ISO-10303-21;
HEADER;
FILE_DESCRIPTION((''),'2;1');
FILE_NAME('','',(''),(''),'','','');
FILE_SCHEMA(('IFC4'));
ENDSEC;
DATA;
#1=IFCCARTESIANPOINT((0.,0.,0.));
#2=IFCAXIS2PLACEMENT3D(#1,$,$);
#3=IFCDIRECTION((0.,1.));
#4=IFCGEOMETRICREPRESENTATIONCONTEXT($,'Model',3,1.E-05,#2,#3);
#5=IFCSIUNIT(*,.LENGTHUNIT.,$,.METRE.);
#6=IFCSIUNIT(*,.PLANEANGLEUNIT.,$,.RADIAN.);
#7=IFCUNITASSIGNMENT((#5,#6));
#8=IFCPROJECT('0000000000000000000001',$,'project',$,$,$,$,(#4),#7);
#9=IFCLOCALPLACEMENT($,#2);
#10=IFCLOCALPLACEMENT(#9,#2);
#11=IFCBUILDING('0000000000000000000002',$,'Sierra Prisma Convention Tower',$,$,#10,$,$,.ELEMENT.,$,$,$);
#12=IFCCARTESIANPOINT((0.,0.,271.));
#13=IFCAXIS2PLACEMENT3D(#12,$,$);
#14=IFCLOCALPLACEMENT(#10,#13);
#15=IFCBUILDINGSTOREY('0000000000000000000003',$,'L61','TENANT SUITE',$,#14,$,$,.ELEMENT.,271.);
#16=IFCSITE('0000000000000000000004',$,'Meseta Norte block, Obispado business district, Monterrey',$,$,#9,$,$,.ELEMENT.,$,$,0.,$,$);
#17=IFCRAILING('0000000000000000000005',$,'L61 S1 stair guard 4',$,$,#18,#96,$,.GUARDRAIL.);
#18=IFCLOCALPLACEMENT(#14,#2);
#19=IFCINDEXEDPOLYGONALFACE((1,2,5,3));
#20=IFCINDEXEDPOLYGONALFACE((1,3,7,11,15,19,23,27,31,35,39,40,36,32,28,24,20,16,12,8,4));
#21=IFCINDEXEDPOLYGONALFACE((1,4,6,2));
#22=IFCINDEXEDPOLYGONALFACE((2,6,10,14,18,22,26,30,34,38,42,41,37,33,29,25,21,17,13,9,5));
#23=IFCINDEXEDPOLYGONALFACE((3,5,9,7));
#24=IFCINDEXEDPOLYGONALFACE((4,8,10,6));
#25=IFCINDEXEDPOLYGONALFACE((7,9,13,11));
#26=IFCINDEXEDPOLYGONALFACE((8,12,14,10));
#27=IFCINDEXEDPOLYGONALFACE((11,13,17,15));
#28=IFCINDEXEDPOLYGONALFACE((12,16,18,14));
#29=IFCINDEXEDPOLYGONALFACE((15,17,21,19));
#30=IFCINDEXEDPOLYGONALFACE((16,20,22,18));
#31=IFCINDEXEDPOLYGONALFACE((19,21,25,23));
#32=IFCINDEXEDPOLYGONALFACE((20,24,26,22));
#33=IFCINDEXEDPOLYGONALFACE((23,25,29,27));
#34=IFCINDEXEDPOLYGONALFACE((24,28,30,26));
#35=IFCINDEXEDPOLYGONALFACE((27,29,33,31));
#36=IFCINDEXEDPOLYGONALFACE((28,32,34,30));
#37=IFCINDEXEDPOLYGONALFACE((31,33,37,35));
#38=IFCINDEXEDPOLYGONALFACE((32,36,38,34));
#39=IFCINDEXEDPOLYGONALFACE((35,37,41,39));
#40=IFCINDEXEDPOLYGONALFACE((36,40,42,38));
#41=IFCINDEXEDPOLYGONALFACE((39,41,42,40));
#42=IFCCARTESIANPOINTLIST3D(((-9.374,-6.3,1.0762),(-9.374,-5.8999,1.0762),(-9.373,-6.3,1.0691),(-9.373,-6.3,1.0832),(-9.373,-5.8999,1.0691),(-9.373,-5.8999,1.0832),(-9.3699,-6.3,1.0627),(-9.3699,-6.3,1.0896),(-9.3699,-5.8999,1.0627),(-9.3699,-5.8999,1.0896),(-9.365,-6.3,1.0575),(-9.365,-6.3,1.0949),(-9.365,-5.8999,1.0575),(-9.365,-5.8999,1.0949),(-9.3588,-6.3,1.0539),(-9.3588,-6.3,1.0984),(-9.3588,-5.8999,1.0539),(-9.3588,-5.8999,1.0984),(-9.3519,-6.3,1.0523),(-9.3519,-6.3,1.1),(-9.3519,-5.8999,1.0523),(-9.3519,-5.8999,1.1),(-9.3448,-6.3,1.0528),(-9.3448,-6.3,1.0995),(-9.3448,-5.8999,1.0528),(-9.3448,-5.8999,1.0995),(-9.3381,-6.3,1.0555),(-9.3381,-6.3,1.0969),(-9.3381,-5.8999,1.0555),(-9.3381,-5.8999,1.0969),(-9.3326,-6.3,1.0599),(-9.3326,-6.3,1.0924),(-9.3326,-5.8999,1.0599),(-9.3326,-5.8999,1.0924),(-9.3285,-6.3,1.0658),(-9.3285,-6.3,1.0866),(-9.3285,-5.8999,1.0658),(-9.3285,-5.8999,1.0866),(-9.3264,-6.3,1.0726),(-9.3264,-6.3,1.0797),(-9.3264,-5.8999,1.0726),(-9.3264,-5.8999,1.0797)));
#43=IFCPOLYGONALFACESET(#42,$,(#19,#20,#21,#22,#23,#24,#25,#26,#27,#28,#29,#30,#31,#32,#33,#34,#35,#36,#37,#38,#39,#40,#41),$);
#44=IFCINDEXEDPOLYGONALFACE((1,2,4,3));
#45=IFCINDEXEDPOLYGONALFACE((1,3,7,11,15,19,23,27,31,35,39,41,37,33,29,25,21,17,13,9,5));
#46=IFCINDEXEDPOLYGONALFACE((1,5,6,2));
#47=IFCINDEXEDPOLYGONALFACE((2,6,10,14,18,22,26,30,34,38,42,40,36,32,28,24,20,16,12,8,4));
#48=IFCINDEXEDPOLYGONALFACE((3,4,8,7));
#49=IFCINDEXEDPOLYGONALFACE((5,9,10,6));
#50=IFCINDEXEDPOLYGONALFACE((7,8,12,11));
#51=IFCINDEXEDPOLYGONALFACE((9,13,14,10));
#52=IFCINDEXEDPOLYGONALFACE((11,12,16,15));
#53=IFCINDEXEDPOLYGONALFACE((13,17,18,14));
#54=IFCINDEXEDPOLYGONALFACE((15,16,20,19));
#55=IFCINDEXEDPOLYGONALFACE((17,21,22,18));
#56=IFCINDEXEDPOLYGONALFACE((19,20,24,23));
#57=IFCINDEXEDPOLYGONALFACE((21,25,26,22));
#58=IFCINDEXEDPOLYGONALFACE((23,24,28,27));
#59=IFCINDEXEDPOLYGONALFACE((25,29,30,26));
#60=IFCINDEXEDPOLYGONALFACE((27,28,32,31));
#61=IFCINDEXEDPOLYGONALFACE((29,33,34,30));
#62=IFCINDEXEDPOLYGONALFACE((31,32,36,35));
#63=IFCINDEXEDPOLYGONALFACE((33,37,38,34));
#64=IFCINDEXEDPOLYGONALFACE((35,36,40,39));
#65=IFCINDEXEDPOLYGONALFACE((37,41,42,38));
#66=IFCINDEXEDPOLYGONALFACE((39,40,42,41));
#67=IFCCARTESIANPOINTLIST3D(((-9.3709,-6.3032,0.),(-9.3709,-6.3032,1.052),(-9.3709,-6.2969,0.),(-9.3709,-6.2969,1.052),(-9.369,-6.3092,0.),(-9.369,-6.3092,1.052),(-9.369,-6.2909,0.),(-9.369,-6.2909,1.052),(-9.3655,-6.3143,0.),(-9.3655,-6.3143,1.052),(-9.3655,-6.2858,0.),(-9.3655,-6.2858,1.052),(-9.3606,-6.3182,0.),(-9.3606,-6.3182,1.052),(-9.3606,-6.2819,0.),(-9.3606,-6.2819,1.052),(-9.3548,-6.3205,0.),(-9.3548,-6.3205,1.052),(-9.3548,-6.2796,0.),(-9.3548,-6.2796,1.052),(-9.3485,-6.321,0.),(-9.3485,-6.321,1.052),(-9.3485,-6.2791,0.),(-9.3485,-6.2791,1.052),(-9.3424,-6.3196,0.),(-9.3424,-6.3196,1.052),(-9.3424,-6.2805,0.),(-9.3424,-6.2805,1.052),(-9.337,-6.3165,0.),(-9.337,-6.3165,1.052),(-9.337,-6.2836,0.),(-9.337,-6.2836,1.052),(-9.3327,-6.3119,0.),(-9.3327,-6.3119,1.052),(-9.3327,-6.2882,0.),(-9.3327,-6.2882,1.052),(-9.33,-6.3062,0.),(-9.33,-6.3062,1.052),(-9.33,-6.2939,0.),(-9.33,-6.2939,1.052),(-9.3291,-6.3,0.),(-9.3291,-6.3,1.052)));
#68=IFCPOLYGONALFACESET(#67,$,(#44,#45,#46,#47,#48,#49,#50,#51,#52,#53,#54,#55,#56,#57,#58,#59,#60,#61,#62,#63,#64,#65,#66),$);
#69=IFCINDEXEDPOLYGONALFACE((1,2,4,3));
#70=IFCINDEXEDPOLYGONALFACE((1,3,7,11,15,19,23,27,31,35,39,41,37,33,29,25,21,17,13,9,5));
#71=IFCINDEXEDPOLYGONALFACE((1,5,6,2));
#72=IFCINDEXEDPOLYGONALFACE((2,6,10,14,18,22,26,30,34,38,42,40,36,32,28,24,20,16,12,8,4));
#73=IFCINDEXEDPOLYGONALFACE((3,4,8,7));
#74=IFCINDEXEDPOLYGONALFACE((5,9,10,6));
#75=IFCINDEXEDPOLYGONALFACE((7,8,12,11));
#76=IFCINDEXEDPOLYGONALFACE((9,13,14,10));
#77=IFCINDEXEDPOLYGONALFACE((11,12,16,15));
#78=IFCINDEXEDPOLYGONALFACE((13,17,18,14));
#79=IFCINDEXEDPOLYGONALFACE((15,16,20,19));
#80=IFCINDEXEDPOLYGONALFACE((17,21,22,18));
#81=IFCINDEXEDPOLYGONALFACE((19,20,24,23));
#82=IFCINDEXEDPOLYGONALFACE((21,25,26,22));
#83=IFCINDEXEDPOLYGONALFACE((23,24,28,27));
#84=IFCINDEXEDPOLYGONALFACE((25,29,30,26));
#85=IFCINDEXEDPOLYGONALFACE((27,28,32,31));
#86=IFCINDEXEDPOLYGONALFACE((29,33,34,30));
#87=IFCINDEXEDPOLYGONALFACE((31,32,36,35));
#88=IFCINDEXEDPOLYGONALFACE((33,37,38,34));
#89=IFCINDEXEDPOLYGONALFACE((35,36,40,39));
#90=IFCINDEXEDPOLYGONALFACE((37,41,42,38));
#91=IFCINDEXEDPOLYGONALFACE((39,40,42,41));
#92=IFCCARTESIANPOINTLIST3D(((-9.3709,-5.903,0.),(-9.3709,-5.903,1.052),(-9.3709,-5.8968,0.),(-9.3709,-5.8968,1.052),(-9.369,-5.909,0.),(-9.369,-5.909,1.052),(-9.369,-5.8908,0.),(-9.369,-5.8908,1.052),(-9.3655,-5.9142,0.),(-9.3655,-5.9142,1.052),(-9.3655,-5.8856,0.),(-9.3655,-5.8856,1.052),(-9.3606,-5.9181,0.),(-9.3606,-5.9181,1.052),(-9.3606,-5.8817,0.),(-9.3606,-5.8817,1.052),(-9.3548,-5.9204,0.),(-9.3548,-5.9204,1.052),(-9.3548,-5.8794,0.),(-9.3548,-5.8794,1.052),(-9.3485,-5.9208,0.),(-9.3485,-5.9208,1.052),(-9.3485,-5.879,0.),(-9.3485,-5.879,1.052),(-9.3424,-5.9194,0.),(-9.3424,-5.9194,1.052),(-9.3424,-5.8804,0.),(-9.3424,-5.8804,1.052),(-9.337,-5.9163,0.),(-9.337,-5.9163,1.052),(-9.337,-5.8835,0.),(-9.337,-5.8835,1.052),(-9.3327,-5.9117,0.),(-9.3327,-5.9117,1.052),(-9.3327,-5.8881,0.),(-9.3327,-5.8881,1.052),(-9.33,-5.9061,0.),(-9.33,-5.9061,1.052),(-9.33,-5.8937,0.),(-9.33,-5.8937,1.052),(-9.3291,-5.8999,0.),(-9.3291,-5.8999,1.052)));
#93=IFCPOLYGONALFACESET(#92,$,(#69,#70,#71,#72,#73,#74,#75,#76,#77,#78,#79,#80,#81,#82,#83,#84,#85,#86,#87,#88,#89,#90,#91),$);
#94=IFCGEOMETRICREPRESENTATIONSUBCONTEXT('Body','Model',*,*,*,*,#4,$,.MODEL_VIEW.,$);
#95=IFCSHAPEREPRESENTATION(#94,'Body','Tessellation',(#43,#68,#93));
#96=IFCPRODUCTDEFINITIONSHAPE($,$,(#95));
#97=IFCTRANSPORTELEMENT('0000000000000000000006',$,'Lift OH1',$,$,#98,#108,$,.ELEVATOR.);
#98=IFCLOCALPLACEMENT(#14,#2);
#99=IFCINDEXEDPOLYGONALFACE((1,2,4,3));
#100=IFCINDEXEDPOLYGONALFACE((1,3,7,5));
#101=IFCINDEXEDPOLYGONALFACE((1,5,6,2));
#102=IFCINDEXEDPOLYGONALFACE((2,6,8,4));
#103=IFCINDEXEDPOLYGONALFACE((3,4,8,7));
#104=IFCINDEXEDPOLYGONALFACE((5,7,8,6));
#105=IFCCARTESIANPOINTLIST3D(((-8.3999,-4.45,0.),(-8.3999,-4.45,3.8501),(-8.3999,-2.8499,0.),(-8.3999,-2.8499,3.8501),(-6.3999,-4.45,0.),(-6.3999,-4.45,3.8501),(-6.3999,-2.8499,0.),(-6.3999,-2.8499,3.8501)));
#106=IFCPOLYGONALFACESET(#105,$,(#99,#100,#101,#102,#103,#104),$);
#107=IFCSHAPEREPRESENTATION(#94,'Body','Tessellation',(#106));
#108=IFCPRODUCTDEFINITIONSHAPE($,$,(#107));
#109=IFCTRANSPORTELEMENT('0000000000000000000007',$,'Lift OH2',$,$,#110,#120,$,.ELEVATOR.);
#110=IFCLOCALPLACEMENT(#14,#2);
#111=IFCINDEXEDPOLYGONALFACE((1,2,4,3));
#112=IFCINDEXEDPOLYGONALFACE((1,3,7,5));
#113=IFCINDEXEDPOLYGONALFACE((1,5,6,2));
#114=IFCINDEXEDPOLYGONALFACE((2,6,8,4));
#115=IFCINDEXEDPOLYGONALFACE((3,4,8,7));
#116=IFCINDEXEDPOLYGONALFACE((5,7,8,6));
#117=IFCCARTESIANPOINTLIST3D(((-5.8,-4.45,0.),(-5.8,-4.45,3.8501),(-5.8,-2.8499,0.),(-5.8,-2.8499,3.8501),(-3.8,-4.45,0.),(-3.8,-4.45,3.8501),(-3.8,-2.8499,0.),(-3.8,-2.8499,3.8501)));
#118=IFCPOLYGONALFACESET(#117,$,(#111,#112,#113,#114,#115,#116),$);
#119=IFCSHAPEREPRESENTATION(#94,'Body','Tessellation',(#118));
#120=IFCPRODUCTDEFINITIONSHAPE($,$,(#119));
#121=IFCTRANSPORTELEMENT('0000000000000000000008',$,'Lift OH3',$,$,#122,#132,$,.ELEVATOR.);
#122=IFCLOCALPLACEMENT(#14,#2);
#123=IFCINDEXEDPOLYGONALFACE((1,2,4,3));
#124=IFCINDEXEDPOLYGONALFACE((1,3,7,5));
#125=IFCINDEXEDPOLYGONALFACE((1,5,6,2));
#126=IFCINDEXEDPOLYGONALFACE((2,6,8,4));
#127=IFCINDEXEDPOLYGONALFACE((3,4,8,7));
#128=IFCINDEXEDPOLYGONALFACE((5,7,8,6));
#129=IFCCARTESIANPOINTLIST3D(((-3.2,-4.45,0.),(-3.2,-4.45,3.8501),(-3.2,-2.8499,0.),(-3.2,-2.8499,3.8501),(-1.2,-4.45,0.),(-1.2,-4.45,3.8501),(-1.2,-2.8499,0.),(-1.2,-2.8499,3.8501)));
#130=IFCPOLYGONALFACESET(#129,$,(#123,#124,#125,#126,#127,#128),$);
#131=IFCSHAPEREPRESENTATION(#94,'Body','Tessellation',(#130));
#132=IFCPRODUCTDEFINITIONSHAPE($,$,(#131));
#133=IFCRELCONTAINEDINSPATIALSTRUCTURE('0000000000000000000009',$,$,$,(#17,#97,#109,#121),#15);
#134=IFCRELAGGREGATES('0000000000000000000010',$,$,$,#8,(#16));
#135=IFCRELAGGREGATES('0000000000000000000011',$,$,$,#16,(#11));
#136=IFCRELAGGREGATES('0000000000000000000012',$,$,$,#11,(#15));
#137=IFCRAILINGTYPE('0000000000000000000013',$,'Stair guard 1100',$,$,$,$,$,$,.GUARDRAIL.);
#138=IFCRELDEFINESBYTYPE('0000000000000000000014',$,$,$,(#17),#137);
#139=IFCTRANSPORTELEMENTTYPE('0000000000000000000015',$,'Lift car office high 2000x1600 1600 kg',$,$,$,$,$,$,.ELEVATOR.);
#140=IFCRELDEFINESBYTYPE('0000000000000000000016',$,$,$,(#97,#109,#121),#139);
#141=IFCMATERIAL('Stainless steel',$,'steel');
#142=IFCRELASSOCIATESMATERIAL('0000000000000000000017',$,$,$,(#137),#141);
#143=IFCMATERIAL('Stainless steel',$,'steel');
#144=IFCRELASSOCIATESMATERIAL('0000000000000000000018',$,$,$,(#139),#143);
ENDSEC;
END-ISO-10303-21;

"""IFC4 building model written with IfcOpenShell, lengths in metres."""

from ifc_helpers import new_model, si_unit, direction, frame, origin, origin_2d, place, context, subcontext, project, spatial, rectangle, circle, extrude, material, type_object, element, save


model = new_model("IFC4")

# Units and contexts
model_context = context("Model", 3, precision=1e-05, world=origin(), true_north=direction((0.0, 1.0)))
body_context = subcontext(model_context, "Body", "Model", "MODEL_VIEW")
ifc_project = project(units=[si_unit("LENGTHUNIT", "METRE"), si_unit("PLANEANGLEUNIT", "RADIAN")], contexts=[model_context])

# Site, building, storey
site_placement = place(None, origin())
site = spatial("IfcSite", under=ifc_project, at=site_placement, Name="Meseta Norte block, Obispado business district, Monterrey", CompositionType="ELEMENT", RefElevation=0.0)
building_placement = place(site_placement, origin())
building = spatial("IfcBuilding", under=site, at=building_placement, Name="Sierra Prisma Convention Tower", CompositionType="ELEMENT")
storey_placement = place(building_placement, frame((0.0, 0.0, 271.0)))
storey = spatial("IfcBuildingStorey", under=building, at=storey_placement, Name="L61", Description="TENANT SUITE", CompositionType="ELEMENT", Elevation=271.0)

# Railing
ifc_material_1 = material(Name="Stainless steel", Category="steel")
railing_type_1 = type_object("IfcRailingType", Name="Stair guard 1100", PredefinedType="GUARDRAIL", material=ifc_material_1)
railing_1_placement = place(storey_placement, frame((-9.3501, -6.3, 0.0)))
element("IfcRailing", 1, at=railing_1_placement, inside=storey, type_object=railing_type_1, Name="L61 S1 stair guard 4", PredefinedType="GUARDRAIL", context=body_context, shape_type="SweptSolid", body=[
    extrude(circle(Radius=0.0239, at=origin_2d()), frame((0.0, 0.0, 1.0762), z_axis=(0.0, 1.0, 0.0), x_axis=(-1.0, 0.0, 0.0)), (0.0, 0.0, 1.0), 0.4001),
    extrude(circle(Radius=0.021, at=origin_2d()), origin(), (0.0, 0.0, 1.0), 1.052),
    extrude(circle(Radius=0.021, at=origin_2d()), frame((0.0, 0.4001, 0.0)), (0.0, 0.0, 1.0), 1.052),
])

# Transport elements
ifc_material_2 = material(Name="Stainless steel", Category="steel")
transport_element_type = type_object("IfcTransportElementType", Name="Lift car office high 2000x1600 1600 kg", PredefinedType="ELEVATOR", material=ifc_material_2)
for number, where, z_axis, x_axis, name in (
    (2, (-7.3999, -3.6499, 0.0), (0.0, 0.0, 1.0), (1.0, 0.0, 0.0), "Lift OH1"),
    (3, (-4.8, -3.6499, 0.0), (0.0, 0.0, 1.0), (1.0, 0.0, 0.0), "Lift OH2"),
    (4, (-2.2, -3.6499, 0.0), (0.0, 0.0, 1.0), (1.0, 0.0, 0.0), "Lift OH3"),
):
    element("IfcTransportElement", number, at=place(storey_placement, frame(where, z_axis=z_axis, x_axis=x_axis)), inside=storey, type_object=transport_element_type, Name=name, PredefinedType="ELEVATOR", context=body_context, shape_type="SweptSolid", body=[
        extrude(rectangle(XDim=2.0, YDim=1.6001, at=origin_2d()), origin(), (0.0, 0.0, 1.0), 3.8501),
    ])

save(model, "model.ifc")
